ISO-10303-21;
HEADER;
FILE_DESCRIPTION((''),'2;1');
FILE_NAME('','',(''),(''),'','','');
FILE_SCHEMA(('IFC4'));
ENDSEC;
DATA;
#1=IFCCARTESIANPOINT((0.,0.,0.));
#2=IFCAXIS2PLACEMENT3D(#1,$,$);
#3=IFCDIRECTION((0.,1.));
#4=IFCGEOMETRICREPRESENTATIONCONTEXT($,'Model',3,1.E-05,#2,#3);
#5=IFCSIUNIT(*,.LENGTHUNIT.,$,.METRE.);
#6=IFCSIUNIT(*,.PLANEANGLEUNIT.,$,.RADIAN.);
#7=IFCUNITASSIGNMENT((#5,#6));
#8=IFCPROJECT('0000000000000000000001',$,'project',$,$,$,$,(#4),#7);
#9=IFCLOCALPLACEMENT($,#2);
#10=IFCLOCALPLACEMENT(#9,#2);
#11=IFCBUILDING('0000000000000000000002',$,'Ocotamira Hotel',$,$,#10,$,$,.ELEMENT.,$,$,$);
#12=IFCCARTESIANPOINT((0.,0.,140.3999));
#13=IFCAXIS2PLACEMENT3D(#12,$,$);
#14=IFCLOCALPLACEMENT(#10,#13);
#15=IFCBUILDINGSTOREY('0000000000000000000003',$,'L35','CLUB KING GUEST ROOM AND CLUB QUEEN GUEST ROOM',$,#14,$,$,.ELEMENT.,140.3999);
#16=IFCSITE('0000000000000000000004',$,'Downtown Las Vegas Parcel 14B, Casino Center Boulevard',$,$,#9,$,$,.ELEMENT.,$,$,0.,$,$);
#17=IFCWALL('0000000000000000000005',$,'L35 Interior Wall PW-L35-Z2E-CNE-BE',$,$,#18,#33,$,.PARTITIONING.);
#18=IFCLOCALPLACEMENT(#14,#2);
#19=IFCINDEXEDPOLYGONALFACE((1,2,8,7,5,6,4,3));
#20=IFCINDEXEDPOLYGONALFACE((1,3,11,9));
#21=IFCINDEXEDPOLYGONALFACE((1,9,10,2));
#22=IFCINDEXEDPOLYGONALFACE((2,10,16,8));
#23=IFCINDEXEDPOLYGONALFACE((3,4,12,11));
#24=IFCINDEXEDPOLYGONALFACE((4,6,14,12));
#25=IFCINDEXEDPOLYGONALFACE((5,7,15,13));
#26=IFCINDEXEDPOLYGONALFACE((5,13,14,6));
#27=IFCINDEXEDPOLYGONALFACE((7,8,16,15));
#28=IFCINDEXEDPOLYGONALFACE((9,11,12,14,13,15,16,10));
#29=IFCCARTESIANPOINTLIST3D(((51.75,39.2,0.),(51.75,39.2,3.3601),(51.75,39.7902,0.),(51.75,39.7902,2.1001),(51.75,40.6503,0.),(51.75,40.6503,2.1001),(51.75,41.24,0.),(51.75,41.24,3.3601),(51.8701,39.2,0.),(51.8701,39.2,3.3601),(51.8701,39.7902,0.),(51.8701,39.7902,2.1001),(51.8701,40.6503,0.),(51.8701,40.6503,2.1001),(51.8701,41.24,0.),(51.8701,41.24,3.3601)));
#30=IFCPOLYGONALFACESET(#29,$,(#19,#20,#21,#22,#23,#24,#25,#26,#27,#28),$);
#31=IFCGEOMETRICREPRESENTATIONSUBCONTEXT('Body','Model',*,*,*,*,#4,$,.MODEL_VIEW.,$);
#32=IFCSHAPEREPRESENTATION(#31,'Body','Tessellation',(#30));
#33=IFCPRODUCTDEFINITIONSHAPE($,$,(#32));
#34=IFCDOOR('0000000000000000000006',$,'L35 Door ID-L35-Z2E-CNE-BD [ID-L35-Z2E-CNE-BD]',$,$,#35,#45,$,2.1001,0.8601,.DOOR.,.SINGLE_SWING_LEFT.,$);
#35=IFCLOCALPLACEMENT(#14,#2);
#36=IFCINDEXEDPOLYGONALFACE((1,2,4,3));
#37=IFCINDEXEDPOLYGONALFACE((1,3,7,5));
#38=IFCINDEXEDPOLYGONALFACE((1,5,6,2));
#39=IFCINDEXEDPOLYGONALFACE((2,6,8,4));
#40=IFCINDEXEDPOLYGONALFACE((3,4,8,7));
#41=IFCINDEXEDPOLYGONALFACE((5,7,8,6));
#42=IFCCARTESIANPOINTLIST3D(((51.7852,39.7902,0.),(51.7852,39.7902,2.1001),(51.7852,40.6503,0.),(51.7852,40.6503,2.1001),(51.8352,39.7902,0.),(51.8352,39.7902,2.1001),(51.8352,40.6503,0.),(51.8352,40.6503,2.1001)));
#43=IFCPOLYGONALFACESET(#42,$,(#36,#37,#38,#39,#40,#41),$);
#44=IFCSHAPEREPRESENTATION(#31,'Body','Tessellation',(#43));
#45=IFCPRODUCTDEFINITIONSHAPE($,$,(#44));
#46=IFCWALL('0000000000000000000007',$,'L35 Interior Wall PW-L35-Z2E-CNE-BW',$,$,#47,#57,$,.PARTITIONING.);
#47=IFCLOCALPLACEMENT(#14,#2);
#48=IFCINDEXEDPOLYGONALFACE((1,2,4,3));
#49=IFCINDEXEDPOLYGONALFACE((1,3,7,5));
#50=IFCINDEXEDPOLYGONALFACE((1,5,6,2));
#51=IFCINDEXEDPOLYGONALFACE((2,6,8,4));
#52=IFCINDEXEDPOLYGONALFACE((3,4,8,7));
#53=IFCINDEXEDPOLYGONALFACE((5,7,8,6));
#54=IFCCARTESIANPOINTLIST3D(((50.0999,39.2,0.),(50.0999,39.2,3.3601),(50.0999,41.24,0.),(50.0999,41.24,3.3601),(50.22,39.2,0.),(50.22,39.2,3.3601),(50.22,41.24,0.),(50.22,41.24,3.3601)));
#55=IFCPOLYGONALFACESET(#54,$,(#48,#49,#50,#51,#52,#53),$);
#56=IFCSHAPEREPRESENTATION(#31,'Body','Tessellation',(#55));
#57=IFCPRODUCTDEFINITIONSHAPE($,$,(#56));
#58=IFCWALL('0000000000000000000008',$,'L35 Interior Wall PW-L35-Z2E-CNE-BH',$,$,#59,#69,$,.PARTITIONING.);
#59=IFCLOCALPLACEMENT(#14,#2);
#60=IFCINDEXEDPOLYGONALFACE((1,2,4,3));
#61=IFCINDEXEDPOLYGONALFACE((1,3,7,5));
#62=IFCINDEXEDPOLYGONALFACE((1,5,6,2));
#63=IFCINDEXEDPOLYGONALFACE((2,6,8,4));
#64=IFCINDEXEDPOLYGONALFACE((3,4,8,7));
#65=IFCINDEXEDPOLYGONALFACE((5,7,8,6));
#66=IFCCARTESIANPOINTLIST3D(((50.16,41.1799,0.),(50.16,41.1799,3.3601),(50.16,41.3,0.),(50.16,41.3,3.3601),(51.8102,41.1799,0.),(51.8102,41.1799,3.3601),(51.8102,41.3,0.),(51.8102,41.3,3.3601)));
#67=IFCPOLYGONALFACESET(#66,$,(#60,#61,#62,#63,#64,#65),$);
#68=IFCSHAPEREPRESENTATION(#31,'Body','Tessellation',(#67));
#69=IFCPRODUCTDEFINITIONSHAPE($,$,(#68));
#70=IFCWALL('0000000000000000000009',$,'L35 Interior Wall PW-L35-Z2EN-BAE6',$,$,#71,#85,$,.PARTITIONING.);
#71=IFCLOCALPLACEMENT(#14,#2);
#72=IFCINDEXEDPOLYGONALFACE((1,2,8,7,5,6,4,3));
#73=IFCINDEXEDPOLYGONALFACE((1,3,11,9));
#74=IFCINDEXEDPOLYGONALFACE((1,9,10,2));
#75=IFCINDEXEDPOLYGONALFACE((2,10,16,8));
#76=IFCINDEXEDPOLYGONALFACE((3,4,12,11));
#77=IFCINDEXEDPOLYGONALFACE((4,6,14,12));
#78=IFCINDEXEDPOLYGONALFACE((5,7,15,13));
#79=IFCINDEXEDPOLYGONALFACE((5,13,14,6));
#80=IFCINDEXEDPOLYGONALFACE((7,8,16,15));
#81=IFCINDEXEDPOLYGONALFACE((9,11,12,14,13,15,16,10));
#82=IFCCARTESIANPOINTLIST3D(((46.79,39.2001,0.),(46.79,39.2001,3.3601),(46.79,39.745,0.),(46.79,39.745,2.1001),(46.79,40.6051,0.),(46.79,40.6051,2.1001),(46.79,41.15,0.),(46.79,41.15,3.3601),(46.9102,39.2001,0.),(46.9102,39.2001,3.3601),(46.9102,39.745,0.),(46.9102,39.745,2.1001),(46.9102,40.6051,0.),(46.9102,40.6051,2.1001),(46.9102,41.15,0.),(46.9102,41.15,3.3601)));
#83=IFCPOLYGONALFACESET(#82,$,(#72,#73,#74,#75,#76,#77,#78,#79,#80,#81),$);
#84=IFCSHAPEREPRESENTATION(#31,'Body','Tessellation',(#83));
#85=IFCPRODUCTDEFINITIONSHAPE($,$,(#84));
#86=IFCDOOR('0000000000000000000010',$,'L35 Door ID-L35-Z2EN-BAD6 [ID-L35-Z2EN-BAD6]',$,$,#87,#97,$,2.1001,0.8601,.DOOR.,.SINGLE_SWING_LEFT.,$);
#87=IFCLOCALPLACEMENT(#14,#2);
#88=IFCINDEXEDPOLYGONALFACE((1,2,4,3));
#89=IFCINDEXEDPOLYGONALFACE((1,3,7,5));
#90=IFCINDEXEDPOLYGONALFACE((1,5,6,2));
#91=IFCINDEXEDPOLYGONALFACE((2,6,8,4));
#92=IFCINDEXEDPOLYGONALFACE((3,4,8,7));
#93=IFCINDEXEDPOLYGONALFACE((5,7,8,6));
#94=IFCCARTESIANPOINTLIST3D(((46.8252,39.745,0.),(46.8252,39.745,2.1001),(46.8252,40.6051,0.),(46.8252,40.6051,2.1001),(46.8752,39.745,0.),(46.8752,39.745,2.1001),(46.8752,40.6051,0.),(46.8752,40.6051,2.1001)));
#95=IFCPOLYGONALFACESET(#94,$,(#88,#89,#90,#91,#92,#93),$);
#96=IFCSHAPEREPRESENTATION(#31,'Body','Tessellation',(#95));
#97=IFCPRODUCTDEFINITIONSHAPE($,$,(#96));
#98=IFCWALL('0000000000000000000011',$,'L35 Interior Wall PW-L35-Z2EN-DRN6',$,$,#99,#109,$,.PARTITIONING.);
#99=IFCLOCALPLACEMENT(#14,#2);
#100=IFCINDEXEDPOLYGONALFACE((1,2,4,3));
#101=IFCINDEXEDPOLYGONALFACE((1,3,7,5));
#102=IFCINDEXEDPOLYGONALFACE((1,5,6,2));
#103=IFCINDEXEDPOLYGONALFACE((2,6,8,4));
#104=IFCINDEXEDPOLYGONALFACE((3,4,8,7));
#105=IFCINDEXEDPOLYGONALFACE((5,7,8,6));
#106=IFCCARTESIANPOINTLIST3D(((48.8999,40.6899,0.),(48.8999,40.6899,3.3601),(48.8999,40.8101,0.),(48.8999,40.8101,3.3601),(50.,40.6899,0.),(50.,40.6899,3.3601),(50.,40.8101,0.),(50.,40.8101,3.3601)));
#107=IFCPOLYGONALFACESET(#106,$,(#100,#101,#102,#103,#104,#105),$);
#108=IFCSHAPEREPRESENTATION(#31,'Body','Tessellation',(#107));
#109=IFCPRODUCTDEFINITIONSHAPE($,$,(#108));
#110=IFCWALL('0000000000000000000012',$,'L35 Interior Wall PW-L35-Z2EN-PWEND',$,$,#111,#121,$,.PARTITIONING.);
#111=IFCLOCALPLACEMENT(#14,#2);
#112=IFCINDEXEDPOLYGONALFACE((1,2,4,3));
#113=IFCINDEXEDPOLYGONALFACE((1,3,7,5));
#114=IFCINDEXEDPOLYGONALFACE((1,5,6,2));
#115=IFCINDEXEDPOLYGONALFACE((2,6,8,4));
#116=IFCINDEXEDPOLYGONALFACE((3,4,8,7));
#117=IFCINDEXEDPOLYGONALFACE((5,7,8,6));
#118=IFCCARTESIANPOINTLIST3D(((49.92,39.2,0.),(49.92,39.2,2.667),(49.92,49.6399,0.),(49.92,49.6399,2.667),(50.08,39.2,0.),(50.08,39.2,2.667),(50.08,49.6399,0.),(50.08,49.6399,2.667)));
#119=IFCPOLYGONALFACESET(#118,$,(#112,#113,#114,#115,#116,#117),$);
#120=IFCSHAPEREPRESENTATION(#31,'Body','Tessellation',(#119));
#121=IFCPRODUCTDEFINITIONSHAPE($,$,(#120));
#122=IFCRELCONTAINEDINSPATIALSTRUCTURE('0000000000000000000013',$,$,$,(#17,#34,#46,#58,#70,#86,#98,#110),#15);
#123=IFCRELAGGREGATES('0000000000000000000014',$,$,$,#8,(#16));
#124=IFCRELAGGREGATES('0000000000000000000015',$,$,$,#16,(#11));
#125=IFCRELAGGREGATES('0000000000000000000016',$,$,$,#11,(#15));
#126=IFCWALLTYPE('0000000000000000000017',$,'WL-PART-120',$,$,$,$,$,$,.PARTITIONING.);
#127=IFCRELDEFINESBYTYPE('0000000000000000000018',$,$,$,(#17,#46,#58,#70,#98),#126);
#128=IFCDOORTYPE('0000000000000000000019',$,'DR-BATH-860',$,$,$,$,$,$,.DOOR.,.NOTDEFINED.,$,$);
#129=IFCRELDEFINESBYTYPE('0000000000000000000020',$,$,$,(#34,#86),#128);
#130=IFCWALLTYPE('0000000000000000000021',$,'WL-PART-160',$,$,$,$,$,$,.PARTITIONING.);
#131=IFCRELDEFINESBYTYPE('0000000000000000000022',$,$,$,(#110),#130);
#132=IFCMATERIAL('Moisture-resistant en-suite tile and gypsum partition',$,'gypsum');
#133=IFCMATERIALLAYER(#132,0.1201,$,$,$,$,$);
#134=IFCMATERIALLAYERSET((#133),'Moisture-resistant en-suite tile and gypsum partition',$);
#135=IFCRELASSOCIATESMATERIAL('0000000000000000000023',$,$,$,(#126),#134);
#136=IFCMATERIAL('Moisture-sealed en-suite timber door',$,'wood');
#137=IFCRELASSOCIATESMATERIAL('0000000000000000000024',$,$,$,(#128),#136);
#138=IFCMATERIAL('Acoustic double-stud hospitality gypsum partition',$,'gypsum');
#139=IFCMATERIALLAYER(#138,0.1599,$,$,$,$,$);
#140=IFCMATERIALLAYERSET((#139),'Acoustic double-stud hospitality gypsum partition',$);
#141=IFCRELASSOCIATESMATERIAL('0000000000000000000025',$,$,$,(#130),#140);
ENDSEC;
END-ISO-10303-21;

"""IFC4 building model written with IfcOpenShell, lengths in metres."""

from ifc_helpers import new_model, si_unit, direction, frame, frame_2d, origin, place, context, subcontext, project, spatial, rectangle, extrude, source, transform, mapped, material, layer, layer_set, type_object, element, fill, save


model = new_model("IFC4")

# Units and contexts
model_context = context("Model", 3, precision=1e-05, world=origin(), true_north=direction((0.0, 1.0)))
body_context = subcontext(model_context, "Body", "Model", "MODEL_VIEW")
ifc_project = project(units=[si_unit("LENGTHUNIT", "METRE"), si_unit("PLANEANGLEUNIT", "RADIAN")], contexts=[model_context])

# Site, building, storey
site_placement = place(None, origin())
site = spatial("IfcSite", under=ifc_project, at=site_placement, Name="Downtown Las Vegas Parcel 14B, Casino Center Boulevard", CompositionType="ELEMENT", RefElevation=0.0)
building_placement = place(site_placement, origin())
building = spatial("IfcBuilding", under=site, at=building_placement, Name="Ocotamira Hotel", CompositionType="ELEMENT")
storey_placement = place(building_placement, frame((0.0, 0.0, 140.3999)))
storey = spatial("IfcBuildingStorey", under=building, at=storey_placement, Name="L35", Description="CLUB KING GUEST ROOM AND CLUB QUEEN GUEST ROOM", CompositionType="ELEMENT", Elevation=140.3999)

# Wall, opening, door
ifc_material_1 = material(Name="Moisture-resistant en-suite tile and gypsum partition", Category="gypsum")
ifc_layer_1 = layer(ifc_material_1, 0.1201)
ifc_layer_set_1 = layer_set([ifc_layer_1], Name="Moisture-resistant en-suite tile and gypsum partition")
wall_type_1 = type_object("IfcWallType", Name="WL-PART-120", PredefinedType="PARTITIONING", material=ifc_layer_set_1)
wall_1_placement = place(storey_placement, frame((51.8101, 39.2, 0.0), z_axis=(0.0, 0.0, 1.0), x_axis=(0.0, 1.0, 0.0)))
wall_1 = element("IfcWall", 1, at=wall_1_placement, inside=storey, type_object=wall_type_1, Name="L35 Interior Wall PW-L35-Z2E-CNE-BE", PredefinedType="PARTITIONING", context=body_context, shape_type="SweptSolid", body=[
    extrude(rectangle(XDim=2.04, YDim=0.1201, at=frame_2d((1.02, 0.0))), origin(), (0.0, 0.0, 1.0), 3.3601),
])
opening_1_placement = place(wall_1_placement, frame((0.5901, 0.0, 0.0)))
opening_1 = element("IfcOpeningElement", 2, at=opening_1_placement, cuts=wall_1, PredefinedType="OPENING", context=body_context, shape_type="SweptSolid", body=[
    extrude(rectangle(XDim=0.8601, YDim=2.1001, at=frame_2d((0.4302, 1.05))), frame((0.0, 0.0701, 0.0), z_axis=(0.0, -1.0, 0.0), x_axis=(1.0, 0.0, 0.0)), (0.0, 0.0, 1.0), 0.1401),
])
ifc_material_2 = material(Name="Moisture-sealed en-suite timber door", Category="wood")
door_type_1 = type_object("IfcDoorType", Name="DR-BATH-860", OperationType="NOTDEFINED", PredefinedType="DOOR", material=ifc_material_2)
shared_shape_1 = source(origin(), body_context, "Body", "SweptSolid", [
    extrude(rectangle(XDim=0.8601, YDim=2.1001, at=frame_2d((0.4302, 1.05))), frame((0.0, 0.0249, 0.0), z_axis=(0.0, -1.0, 0.0), x_axis=(1.0, 0.0, 0.0)), (0.0, 0.0, 1.0), 0.05),
])
door_1_placement = place(opening_1_placement, origin())
door_1 = element("IfcDoor", 3, at=door_1_placement, inside=storey, type_object=door_type_1, Name="L35 Door ID-L35-Z2E-CNE-BD [ID-L35-Z2E-CNE-BD]", OperationType="SINGLE_SWING_LEFT", OverallHeight=2.1001, OverallWidth=0.8601, PredefinedType="DOOR", context=body_context, shape_type="MappedRepresentation", body=[
    mapped(shared_shape_1, transform((0.0, 0.0, 0.0), scale=1.0)),
])
fill(opening_1, door_1)

# Walls
wall_2_placement = place(storey_placement, frame((50.1599, 39.2, 0.0), z_axis=(0.0, 0.0, 1.0), x_axis=(0.0, 1.0, 0.0)))
element("IfcWall", 4, at=wall_2_placement, inside=storey, type_object=wall_type_1, Name="L35 Interior Wall PW-L35-Z2E-CNE-BW", PredefinedType="PARTITIONING", context=body_context, shape_type="SweptSolid", body=[
    extrude(rectangle(XDim=2.04, YDim=0.1201, at=frame_2d((1.02, 0.0))), origin(), (0.0, 0.0, 1.0), 3.3601),
])
wall_3_placement = place(storey_placement, frame((50.1599, 41.24, 0.0), z_axis=(0.0, 0.0, 1.0), x_axis=(1.0, 0.0, 0.0)))
element("IfcWall", 5, at=wall_3_placement, inside=storey, type_object=wall_type_1, Name="L35 Interior Wall PW-L35-Z2E-CNE-BH", PredefinedType="PARTITIONING", context=body_context, shape_type="SweptSolid", body=[
    extrude(rectangle(XDim=1.6501, YDim=0.1201, at=frame_2d((0.8252, 0.0))), origin(), (0.0, 0.0, 1.0), 3.3601),
])

# Wall, opening, door
wall_4_placement = place(storey_placement, frame((46.8501, 39.2, 0.0), z_axis=(0.0, 0.0, 1.0), x_axis=(0.0, 1.0, 0.0)))
wall_4 = element("IfcWall", 6, at=wall_4_placement, inside=storey, type_object=wall_type_1, Name="L35 Interior Wall PW-L35-Z2EN-BAE6", PredefinedType="PARTITIONING", context=body_context, shape_type="SweptSolid", body=[
    extrude(rectangle(XDim=1.95, YDim=0.1201, at=frame_2d((0.9751, 0.0))), origin(), (0.0, 0.0, 1.0), 3.3601),
])
opening_2_placement = place(wall_4_placement, frame((0.5449, 0.0, 0.0)))
opening_2 = element("IfcOpeningElement", 7, at=opening_2_placement, cuts=wall_4, PredefinedType="OPENING", context=body_context, shape_type="SweptSolid", body=[
    extrude(rectangle(XDim=0.8601, YDim=2.1001, at=frame_2d((0.4302, 1.05))), frame((0.0, 0.0701, 0.0), z_axis=(0.0, -1.0, 0.0), x_axis=(1.0, 0.0, 0.0)), (0.0, 0.0, 1.0), 0.1401),
])
door_2_placement = place(opening_2_placement, origin())
door_2 = element("IfcDoor", 8, at=door_2_placement, inside=storey, type_object=door_type_1, Name="L35 Door ID-L35-Z2EN-BAD6 [ID-L35-Z2EN-BAD6]", OperationType="SINGLE_SWING_LEFT", OverallHeight=2.1001, OverallWidth=0.8601, PredefinedType="DOOR", context=body_context, shape_type="MappedRepresentation", body=[
    mapped(shared_shape_1, transform((0.0, 0.0, 0.0), scale=1.0)),
])
fill(opening_2, door_2)

# Walls
wall_5_placement = place(storey_placement, frame((48.8999, 40.75, 0.0), z_axis=(0.0, 0.0, 1.0), x_axis=(1.0, 0.0, 0.0)))
element("IfcWall", 9, at=wall_5_placement, inside=storey, type_object=wall_type_1, Name="L35 Interior Wall PW-L35-Z2EN-DRN6", PredefinedType="PARTITIONING", context=body_context, shape_type="SweptSolid", body=[
    extrude(rectangle(XDim=1.1001, YDim=0.1201, at=frame_2d((0.55, 0.0))), origin(), (0.0, 0.0, 1.0), 3.3601),
])
ifc_material_3 = material(Name="Acoustic double-stud hospitality gypsum partition", Category="gypsum")
ifc_layer_2 = layer(ifc_material_3, 0.1599)
ifc_layer_set_2 = layer_set([ifc_layer_2], Name="Acoustic double-stud hospitality gypsum partition")
wall_type_2 = type_object("IfcWallType", Name="WL-PART-160", PredefinedType="PARTITIONING", material=ifc_layer_set_2)
wall_6_placement = place(storey_placement, frame((50.0, 39.2, 0.0), z_axis=(0.0, 0.0, 1.0), x_axis=(0.0, 1.0, 0.0)))
element("IfcWall", 10, at=wall_6_placement, inside=storey, type_object=wall_type_2, Name="L35 Interior Wall PW-L35-Z2EN-PWEND", PredefinedType="PARTITIONING", context=body_context, shape_type="SweptSolid", body=[
    extrude(rectangle(XDim=10.4399, YDim=0.1599, at=frame_2d((5.22, 0.0))), origin(), (0.0, 0.0, 1.0), 2.667),
])

save(model, "model.ifc")
